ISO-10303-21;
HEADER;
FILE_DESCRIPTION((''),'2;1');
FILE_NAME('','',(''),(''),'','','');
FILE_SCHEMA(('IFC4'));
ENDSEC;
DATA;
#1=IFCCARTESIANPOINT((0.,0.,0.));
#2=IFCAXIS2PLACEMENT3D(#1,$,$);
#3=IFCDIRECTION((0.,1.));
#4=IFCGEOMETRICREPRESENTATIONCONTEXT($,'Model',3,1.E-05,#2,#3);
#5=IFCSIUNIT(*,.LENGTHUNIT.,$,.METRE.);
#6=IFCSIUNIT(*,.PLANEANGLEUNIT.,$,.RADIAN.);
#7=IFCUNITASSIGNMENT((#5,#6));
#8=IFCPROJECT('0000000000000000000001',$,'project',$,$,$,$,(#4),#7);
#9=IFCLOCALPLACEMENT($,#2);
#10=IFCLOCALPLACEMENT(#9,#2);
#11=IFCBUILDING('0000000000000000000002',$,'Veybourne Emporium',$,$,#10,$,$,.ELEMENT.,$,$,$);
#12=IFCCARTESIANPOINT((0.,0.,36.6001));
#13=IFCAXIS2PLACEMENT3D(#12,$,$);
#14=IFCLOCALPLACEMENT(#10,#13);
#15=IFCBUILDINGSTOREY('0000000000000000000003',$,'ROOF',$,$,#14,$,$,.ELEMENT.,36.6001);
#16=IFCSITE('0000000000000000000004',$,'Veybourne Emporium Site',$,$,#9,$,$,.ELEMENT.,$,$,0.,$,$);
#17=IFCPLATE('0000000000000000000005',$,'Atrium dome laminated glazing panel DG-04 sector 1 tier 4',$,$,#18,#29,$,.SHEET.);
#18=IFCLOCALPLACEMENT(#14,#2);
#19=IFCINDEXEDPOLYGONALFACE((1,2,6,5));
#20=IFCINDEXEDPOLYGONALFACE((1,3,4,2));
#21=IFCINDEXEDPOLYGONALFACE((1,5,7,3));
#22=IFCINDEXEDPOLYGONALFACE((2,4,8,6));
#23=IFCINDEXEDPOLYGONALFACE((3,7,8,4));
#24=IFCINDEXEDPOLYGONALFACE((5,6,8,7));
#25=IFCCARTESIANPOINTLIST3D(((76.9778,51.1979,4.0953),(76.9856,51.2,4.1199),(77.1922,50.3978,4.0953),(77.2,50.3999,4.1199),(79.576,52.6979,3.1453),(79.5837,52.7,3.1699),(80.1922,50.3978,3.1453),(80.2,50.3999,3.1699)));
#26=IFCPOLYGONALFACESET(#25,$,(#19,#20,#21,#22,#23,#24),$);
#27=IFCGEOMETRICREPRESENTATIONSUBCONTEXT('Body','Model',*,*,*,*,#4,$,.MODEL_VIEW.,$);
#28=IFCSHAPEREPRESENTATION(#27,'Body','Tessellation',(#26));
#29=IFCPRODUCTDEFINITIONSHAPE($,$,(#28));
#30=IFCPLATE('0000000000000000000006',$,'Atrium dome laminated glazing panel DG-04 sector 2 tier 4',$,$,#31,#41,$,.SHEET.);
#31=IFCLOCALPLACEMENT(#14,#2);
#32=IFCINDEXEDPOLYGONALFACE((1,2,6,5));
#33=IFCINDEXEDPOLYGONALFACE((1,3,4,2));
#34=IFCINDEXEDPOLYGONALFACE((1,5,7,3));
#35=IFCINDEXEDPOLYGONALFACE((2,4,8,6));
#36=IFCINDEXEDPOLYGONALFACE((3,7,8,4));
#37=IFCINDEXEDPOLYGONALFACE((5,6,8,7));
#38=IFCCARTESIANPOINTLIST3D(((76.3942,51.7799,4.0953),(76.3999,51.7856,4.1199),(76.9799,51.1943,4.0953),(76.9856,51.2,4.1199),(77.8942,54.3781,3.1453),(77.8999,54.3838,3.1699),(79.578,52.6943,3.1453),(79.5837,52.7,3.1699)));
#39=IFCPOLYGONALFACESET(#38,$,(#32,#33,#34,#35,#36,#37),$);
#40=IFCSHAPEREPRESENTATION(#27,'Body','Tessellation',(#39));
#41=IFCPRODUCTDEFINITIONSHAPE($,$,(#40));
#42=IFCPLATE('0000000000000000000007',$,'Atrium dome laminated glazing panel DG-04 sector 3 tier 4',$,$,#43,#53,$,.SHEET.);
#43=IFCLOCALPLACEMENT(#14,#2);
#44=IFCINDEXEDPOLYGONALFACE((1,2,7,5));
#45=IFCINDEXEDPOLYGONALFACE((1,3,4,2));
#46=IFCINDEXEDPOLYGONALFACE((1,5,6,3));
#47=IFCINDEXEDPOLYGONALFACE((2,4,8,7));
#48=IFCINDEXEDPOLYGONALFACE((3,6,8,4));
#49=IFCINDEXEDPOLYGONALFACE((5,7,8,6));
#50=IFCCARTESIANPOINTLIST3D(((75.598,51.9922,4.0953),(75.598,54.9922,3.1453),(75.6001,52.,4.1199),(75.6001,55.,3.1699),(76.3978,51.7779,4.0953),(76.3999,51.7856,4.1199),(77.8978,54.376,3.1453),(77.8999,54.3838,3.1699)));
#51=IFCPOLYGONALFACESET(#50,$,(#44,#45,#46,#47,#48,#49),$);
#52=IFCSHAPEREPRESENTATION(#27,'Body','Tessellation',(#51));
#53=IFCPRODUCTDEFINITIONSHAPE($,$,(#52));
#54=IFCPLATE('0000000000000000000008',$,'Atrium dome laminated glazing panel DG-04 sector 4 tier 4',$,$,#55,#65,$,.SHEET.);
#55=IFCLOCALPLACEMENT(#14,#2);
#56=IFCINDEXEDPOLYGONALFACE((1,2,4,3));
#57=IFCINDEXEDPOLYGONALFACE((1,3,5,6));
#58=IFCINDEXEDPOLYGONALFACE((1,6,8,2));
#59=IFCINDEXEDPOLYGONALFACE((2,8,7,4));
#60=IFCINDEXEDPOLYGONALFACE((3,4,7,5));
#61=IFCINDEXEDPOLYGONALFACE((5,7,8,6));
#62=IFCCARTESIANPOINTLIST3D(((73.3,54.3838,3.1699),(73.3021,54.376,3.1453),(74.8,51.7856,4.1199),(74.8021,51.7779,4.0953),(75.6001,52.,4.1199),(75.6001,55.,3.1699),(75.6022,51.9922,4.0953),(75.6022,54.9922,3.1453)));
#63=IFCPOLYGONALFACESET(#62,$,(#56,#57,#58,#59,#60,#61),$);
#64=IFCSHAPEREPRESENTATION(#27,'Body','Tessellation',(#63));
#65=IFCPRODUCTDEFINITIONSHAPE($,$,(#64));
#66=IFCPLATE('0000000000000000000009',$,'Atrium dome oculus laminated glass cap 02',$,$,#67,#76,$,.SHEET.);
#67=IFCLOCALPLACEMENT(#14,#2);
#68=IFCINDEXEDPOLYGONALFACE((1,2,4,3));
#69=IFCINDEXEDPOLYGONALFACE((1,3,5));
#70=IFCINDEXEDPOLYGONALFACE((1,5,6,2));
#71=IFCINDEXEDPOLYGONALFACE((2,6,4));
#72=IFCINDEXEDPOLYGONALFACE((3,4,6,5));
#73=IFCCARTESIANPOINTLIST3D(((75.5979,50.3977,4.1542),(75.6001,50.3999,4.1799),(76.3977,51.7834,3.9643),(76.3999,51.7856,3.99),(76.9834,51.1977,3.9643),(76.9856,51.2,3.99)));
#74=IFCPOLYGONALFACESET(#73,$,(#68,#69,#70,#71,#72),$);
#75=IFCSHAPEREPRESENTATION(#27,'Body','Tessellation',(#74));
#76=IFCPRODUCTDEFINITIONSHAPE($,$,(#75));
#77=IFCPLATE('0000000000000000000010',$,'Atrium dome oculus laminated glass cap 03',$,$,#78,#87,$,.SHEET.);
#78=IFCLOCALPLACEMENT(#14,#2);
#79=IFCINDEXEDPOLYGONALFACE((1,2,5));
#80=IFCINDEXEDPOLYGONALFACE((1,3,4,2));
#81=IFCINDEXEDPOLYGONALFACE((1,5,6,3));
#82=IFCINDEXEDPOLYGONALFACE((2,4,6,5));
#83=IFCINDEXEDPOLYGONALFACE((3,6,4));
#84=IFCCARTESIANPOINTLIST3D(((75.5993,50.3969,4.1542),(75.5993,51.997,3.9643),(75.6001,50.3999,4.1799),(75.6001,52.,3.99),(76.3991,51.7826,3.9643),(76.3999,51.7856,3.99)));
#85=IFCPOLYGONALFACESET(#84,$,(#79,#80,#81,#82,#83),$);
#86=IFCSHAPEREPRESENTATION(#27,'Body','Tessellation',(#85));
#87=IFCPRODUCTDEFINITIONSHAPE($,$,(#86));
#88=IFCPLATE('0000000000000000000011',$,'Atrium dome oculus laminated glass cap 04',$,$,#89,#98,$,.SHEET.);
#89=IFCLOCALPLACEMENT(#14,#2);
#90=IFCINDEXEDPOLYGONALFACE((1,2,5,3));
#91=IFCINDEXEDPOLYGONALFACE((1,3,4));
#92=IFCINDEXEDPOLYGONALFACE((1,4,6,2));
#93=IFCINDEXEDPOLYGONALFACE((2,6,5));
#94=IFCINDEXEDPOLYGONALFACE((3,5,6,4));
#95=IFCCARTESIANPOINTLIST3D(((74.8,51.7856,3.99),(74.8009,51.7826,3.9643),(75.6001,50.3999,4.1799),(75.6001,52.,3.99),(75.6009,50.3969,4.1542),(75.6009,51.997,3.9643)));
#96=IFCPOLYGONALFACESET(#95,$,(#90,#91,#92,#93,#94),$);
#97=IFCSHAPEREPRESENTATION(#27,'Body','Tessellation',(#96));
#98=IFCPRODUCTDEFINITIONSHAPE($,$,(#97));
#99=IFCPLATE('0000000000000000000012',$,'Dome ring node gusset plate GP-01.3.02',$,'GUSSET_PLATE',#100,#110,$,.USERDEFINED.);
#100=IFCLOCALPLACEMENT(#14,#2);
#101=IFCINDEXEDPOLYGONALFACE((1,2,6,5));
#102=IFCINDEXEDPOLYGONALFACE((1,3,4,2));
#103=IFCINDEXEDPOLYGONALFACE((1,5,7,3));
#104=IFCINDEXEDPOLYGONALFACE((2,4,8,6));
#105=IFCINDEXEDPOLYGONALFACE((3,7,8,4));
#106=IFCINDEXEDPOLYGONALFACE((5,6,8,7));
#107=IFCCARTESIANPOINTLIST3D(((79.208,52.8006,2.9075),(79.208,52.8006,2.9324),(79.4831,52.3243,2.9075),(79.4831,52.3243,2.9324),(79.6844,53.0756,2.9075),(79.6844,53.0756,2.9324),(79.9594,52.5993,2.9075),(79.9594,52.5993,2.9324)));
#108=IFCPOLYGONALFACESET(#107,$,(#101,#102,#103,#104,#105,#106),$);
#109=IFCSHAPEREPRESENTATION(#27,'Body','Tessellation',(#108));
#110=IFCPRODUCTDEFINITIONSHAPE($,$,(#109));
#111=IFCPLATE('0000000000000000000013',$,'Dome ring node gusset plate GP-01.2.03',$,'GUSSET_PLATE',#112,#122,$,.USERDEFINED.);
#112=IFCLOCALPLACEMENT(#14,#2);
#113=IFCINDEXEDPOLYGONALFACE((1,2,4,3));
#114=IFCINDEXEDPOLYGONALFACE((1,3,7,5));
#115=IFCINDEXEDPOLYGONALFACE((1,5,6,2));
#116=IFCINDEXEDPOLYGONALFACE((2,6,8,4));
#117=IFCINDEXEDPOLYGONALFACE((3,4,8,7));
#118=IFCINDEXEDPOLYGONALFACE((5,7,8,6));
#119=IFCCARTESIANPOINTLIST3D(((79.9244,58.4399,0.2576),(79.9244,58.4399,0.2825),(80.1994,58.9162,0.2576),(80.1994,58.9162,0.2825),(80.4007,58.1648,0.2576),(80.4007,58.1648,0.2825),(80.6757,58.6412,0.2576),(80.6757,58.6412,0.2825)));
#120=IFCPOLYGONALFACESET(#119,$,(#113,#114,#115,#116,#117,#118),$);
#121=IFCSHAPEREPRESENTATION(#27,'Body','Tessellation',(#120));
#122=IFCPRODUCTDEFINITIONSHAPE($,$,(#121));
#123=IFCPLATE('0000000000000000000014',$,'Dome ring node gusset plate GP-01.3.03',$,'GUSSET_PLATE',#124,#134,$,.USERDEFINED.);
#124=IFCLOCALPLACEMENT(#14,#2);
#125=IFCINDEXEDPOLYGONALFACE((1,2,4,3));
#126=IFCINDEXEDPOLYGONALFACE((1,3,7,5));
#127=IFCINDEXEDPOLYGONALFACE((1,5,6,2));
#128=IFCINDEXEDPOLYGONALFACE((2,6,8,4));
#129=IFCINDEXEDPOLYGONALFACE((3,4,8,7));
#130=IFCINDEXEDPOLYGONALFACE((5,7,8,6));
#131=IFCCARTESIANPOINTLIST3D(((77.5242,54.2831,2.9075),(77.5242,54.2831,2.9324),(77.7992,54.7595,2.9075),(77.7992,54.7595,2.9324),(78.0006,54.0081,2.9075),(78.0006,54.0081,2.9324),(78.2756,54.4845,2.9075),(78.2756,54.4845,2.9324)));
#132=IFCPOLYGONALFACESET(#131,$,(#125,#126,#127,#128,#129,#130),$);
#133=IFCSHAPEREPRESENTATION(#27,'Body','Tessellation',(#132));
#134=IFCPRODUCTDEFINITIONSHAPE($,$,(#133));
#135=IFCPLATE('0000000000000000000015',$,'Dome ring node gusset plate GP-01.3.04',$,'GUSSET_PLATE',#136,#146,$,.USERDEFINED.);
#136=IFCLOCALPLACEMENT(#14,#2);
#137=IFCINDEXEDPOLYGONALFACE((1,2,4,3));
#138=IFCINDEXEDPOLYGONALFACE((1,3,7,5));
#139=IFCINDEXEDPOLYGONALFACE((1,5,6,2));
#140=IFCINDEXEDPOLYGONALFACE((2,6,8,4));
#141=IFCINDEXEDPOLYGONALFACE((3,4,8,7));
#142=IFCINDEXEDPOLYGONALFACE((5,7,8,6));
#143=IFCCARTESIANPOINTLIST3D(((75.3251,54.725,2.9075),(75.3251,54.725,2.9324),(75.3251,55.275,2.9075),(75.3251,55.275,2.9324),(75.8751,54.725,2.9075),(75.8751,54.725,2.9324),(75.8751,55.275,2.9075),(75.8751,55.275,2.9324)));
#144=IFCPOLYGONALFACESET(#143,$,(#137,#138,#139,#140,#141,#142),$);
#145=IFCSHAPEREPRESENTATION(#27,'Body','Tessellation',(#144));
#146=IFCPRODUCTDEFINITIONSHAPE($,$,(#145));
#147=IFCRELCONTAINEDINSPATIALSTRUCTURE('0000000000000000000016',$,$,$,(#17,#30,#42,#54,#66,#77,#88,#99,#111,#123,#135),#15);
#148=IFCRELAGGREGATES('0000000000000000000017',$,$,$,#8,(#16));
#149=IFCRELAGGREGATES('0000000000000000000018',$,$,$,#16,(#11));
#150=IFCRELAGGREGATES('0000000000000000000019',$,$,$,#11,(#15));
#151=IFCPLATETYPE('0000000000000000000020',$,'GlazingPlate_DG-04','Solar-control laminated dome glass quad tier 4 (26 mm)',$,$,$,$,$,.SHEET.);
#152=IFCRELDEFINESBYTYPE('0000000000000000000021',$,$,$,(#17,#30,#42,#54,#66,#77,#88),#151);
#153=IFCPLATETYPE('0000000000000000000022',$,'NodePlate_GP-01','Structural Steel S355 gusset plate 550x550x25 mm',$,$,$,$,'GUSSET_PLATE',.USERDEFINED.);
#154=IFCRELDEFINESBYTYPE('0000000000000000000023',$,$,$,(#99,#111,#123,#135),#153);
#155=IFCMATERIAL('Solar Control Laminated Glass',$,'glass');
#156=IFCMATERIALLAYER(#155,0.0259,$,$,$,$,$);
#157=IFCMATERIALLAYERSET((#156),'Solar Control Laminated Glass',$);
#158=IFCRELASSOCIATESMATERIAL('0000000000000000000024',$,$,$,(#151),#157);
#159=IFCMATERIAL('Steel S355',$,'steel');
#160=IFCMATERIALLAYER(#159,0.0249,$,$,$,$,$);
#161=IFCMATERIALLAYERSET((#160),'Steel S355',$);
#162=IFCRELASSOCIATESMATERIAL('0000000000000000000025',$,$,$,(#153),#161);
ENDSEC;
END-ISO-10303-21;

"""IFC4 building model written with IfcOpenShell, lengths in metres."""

from ifc_helpers import new_model, si_unit, direction, frame, origin, origin_2d, place, context, subcontext, project, spatial, polyline, rectangle, outline, extrude, material, layer, layer_set, type_object, element, save


model = new_model("IFC4")

# Units and contexts
model_context = context("Model", 3, precision=1e-05, world=origin(), true_north=direction((0.0, 1.0)))
body_context = subcontext(model_context, "Body", "Model", "MODEL_VIEW")
ifc_project = project(units=[si_unit("LENGTHUNIT", "METRE"), si_unit("PLANEANGLEUNIT", "RADIAN")], contexts=[model_context])

# Site, building, storey
site_placement = place(None, origin())
site = spatial("IfcSite", under=ifc_project, at=site_placement, Name="Veybourne Emporium Site", CompositionType="ELEMENT", RefElevation=0.0)
building_placement = place(site_placement, origin())
building = spatial("IfcBuilding", under=site, at=building_placement, Name="Veybourne Emporium", CompositionType="ELEMENT")
storey_placement = place(building_placement, frame((0.0, 0.0, 36.6001)))
storey = spatial("IfcBuildingStorey", under=building, at=storey_placement, Name="ROOF", CompositionType="ELEMENT", Elevation=36.6001)

# Shared definitions
ifc_material_1 = material(Name="Steel S355", Category="steel")

# Plates
ifc_material_2 = material(Name="Solar Control Laminated Glass", Category="glass")
ifc_layer_1 = layer(ifc_material_2, 0.0259)
ifc_layer_set_1 = layer_set([ifc_layer_1], Name="Solar Control Laminated Glass")
plate_type_1 = type_object("IfcPlateType", Name="GlazingPlate_DG-04", Description="Solar-control laminated dome glass quad tier 4 (26 mm)", PredefinedType="SHEET", material=ifc_layer_set_1)
plate_1_placement = place(storey_placement, frame((80.2, 50.3999, 3.1699), z_axis=(0.300894, 0.080614, 0.950244), x_axis=(-0.258786, 0.965935, -0.000001)))
element("IfcPlate", 1, at=plate_1_placement, inside=storey, type_object=plate_type_1, Name="Atrium dome laminated glazing panel DG-04 sector 1 tier 4", PredefinedType="SHEET", context=body_context, shape_type="SweptSolid", body=[
    extrude(outline(polyline([(0.0, 0.0), (2.3812, 0.0), (1.6046, 3.0495), (0.7764, 3.0495), (0.0, 0.0)])), origin(), (0.0, 0.0, -1.0), 0.0259),
])
plate_2_placement = place(storey_placement, frame((79.5837, 52.7, 3.1699), z_axis=(0.220267, 0.220267, 0.950245), x_axis=(-0.707107, 0.707107, 0.0)))
element("IfcPlate", 2, at=plate_2_placement, inside=storey, type_object=plate_type_1, Name="Atrium dome laminated glazing panel DG-04 sector 2 tier 4", PredefinedType="SHEET", context=body_context, shape_type="SweptSolid", body=[
    extrude(outline(polyline([(0.0, 0.0), (2.3813, 0.0), (1.6048, 3.0496), (0.7765, 3.0496), (0.0, 0.0)])), origin(), (0.0, 0.0, -1.0), 0.0259),
])
plate_3_placement = place(storey_placement, frame((77.8999, 54.3838, 3.1699), z_axis=(0.080626, 0.300891, 0.950244), x_axis=(-0.965927, 0.258813, 0.000005)))
element("IfcPlate", 3, at=plate_3_placement, inside=storey, type_object=plate_type_1, Name="Atrium dome laminated glazing panel DG-04 sector 3 tier 4", PredefinedType="SHEET", context=body_context, shape_type="SweptSolid", body=[
    extrude(outline(polyline([(0.0, 0.0), (2.3809, 0.0), (1.6045, 3.0495), (0.7765, 3.0496), (0.0, 0.0)])), origin(), (0.0, 0.0, -1.0), 0.0259),
])
plate_4_placement = place(storey_placement, frame((75.6001, 55.0, 3.1699), z_axis=(-0.080614, 0.300894, 0.950244), x_axis=(-0.965935, -0.258786, -0.000001)))
element("IfcPlate", 4, at=plate_4_placement, inside=storey, type_object=plate_type_1, Name="Atrium dome laminated glazing panel DG-04 sector 4 tier 4", PredefinedType="SHEET", context=body_context, shape_type="SweptSolid", body=[
    extrude(outline(polyline([(0.0, 0.0), (2.3812, 0.0), (1.6046, 3.0495), (0.7764, 3.0495), (0.0, 0.0)])), origin(), (0.0, 0.0, -1.0), 0.0259),
])
plate_5_placement = place(storey_placement, frame((76.9856, 51.2, 3.99), z_axis=(0.086259, 0.086259, 0.992532), x_axis=(-0.707107, 0.707107, 0.0)))
element("IfcPlate", 5, at=plate_5_placement, inside=storey, type_object=plate_type_1, Name="Atrium dome oculus laminated glass cap 02", PredefinedType="SHEET", context=body_context, shape_type="SweptSolid", body=[
    extrude(outline(polyline([(0.0, 0.0), (0.8283, 0.0), (0.414, 1.557), (0.0, 0.0)])), origin(), (0.0, 0.0, -1.0), 0.0259),
])
plate_6_placement = place(storey_placement, frame((76.3999, 51.7856, 3.99), z_axis=(0.031577, 0.11782, 0.992533), x_axis=(-0.965911, 0.258874, 0.0)))
element("IfcPlate", 6, at=plate_6_placement, inside=storey, type_object=plate_type_1, Name="Atrium dome oculus laminated glass cap 03", PredefinedType="SHEET", context=body_context, shape_type="SweptSolid", body=[
    extrude(outline(polyline([(0.0, 0.0), (0.828, 0.0), (0.4138, 1.5572), (0.0, 0.0)])), origin(), (0.0, 0.0, -1.0), 0.0259),
])
plate_7_placement = place(storey_placement, frame((75.6001, 52.0, 3.99), z_axis=(-0.031567, 0.11782, 0.992533), x_axis=(-0.965931, -0.2588, 0.0)))
element("IfcPlate", 7, at=plate_7_placement, inside=storey, type_object=plate_type_1, Name="Atrium dome oculus laminated glass cap 04", PredefinedType="SHEET", context=body_context, shape_type="SweptSolid", body=[
    extrude(outline(polyline([(0.0, 0.0), (0.8283, 0.0), (0.4141, 1.5572), (0.0, 0.0)])), origin(), (0.0, 0.0, -1.0), 0.0259),
])
ifc_layer_2 = layer(ifc_material_1, 0.0249)
ifc_layer_set_2 = layer_set([ifc_layer_2], Name="Steel S355")
plate_type_2 = type_object("IfcPlateType", Name="NodePlate_GP-01", Description="Structural Steel S355 gusset plate 550x550x25 mm", ElementType="GUSSET_PLATE", PredefinedType="USERDEFINED", material=ifc_layer_set_2)
for number, where, z_axis, x_axis, name in (
    (8, (79.5837, 52.7, 2.9075), (0.0, 0.0, 1.0), (0.866025, 0.5, 0.0), "Dome ring node gusset plate GP-01.3.02"),
    (9, (80.3, 58.5405, 0.2576), (0.0, 0.0, 1.0), (0.5, 0.866025, 0.0), "Dome ring node gusset plate GP-01.2.03"),
    (10, (77.8999, 54.3838, 2.9075), (0.0, 0.0, 1.0), (0.5, 0.866025, 0.0), "Dome ring node gusset plate GP-01.3.03"),
    (11, (75.6001, 55.0, 2.9075), (0.0, 0.0, 1.0), (0.0, 1.0, 0.0), "Dome ring node gusset plate GP-01.3.04"),
):
    element("IfcPlate", number, at=place(storey_placement, frame(where, z_axis=z_axis, x_axis=x_axis)), inside=storey, type_object=plate_type_2, Name=name, ObjectType="GUSSET_PLATE", PredefinedType="USERDEFINED", context=body_context, shape_type="SweptSolid", body=[
        extrude(rectangle(XDim=0.55, YDim=0.55, at=origin_2d()), origin(), (0.0, 0.0, 1.0), 0.0249),
    ])

save(model, "model.ifc")
